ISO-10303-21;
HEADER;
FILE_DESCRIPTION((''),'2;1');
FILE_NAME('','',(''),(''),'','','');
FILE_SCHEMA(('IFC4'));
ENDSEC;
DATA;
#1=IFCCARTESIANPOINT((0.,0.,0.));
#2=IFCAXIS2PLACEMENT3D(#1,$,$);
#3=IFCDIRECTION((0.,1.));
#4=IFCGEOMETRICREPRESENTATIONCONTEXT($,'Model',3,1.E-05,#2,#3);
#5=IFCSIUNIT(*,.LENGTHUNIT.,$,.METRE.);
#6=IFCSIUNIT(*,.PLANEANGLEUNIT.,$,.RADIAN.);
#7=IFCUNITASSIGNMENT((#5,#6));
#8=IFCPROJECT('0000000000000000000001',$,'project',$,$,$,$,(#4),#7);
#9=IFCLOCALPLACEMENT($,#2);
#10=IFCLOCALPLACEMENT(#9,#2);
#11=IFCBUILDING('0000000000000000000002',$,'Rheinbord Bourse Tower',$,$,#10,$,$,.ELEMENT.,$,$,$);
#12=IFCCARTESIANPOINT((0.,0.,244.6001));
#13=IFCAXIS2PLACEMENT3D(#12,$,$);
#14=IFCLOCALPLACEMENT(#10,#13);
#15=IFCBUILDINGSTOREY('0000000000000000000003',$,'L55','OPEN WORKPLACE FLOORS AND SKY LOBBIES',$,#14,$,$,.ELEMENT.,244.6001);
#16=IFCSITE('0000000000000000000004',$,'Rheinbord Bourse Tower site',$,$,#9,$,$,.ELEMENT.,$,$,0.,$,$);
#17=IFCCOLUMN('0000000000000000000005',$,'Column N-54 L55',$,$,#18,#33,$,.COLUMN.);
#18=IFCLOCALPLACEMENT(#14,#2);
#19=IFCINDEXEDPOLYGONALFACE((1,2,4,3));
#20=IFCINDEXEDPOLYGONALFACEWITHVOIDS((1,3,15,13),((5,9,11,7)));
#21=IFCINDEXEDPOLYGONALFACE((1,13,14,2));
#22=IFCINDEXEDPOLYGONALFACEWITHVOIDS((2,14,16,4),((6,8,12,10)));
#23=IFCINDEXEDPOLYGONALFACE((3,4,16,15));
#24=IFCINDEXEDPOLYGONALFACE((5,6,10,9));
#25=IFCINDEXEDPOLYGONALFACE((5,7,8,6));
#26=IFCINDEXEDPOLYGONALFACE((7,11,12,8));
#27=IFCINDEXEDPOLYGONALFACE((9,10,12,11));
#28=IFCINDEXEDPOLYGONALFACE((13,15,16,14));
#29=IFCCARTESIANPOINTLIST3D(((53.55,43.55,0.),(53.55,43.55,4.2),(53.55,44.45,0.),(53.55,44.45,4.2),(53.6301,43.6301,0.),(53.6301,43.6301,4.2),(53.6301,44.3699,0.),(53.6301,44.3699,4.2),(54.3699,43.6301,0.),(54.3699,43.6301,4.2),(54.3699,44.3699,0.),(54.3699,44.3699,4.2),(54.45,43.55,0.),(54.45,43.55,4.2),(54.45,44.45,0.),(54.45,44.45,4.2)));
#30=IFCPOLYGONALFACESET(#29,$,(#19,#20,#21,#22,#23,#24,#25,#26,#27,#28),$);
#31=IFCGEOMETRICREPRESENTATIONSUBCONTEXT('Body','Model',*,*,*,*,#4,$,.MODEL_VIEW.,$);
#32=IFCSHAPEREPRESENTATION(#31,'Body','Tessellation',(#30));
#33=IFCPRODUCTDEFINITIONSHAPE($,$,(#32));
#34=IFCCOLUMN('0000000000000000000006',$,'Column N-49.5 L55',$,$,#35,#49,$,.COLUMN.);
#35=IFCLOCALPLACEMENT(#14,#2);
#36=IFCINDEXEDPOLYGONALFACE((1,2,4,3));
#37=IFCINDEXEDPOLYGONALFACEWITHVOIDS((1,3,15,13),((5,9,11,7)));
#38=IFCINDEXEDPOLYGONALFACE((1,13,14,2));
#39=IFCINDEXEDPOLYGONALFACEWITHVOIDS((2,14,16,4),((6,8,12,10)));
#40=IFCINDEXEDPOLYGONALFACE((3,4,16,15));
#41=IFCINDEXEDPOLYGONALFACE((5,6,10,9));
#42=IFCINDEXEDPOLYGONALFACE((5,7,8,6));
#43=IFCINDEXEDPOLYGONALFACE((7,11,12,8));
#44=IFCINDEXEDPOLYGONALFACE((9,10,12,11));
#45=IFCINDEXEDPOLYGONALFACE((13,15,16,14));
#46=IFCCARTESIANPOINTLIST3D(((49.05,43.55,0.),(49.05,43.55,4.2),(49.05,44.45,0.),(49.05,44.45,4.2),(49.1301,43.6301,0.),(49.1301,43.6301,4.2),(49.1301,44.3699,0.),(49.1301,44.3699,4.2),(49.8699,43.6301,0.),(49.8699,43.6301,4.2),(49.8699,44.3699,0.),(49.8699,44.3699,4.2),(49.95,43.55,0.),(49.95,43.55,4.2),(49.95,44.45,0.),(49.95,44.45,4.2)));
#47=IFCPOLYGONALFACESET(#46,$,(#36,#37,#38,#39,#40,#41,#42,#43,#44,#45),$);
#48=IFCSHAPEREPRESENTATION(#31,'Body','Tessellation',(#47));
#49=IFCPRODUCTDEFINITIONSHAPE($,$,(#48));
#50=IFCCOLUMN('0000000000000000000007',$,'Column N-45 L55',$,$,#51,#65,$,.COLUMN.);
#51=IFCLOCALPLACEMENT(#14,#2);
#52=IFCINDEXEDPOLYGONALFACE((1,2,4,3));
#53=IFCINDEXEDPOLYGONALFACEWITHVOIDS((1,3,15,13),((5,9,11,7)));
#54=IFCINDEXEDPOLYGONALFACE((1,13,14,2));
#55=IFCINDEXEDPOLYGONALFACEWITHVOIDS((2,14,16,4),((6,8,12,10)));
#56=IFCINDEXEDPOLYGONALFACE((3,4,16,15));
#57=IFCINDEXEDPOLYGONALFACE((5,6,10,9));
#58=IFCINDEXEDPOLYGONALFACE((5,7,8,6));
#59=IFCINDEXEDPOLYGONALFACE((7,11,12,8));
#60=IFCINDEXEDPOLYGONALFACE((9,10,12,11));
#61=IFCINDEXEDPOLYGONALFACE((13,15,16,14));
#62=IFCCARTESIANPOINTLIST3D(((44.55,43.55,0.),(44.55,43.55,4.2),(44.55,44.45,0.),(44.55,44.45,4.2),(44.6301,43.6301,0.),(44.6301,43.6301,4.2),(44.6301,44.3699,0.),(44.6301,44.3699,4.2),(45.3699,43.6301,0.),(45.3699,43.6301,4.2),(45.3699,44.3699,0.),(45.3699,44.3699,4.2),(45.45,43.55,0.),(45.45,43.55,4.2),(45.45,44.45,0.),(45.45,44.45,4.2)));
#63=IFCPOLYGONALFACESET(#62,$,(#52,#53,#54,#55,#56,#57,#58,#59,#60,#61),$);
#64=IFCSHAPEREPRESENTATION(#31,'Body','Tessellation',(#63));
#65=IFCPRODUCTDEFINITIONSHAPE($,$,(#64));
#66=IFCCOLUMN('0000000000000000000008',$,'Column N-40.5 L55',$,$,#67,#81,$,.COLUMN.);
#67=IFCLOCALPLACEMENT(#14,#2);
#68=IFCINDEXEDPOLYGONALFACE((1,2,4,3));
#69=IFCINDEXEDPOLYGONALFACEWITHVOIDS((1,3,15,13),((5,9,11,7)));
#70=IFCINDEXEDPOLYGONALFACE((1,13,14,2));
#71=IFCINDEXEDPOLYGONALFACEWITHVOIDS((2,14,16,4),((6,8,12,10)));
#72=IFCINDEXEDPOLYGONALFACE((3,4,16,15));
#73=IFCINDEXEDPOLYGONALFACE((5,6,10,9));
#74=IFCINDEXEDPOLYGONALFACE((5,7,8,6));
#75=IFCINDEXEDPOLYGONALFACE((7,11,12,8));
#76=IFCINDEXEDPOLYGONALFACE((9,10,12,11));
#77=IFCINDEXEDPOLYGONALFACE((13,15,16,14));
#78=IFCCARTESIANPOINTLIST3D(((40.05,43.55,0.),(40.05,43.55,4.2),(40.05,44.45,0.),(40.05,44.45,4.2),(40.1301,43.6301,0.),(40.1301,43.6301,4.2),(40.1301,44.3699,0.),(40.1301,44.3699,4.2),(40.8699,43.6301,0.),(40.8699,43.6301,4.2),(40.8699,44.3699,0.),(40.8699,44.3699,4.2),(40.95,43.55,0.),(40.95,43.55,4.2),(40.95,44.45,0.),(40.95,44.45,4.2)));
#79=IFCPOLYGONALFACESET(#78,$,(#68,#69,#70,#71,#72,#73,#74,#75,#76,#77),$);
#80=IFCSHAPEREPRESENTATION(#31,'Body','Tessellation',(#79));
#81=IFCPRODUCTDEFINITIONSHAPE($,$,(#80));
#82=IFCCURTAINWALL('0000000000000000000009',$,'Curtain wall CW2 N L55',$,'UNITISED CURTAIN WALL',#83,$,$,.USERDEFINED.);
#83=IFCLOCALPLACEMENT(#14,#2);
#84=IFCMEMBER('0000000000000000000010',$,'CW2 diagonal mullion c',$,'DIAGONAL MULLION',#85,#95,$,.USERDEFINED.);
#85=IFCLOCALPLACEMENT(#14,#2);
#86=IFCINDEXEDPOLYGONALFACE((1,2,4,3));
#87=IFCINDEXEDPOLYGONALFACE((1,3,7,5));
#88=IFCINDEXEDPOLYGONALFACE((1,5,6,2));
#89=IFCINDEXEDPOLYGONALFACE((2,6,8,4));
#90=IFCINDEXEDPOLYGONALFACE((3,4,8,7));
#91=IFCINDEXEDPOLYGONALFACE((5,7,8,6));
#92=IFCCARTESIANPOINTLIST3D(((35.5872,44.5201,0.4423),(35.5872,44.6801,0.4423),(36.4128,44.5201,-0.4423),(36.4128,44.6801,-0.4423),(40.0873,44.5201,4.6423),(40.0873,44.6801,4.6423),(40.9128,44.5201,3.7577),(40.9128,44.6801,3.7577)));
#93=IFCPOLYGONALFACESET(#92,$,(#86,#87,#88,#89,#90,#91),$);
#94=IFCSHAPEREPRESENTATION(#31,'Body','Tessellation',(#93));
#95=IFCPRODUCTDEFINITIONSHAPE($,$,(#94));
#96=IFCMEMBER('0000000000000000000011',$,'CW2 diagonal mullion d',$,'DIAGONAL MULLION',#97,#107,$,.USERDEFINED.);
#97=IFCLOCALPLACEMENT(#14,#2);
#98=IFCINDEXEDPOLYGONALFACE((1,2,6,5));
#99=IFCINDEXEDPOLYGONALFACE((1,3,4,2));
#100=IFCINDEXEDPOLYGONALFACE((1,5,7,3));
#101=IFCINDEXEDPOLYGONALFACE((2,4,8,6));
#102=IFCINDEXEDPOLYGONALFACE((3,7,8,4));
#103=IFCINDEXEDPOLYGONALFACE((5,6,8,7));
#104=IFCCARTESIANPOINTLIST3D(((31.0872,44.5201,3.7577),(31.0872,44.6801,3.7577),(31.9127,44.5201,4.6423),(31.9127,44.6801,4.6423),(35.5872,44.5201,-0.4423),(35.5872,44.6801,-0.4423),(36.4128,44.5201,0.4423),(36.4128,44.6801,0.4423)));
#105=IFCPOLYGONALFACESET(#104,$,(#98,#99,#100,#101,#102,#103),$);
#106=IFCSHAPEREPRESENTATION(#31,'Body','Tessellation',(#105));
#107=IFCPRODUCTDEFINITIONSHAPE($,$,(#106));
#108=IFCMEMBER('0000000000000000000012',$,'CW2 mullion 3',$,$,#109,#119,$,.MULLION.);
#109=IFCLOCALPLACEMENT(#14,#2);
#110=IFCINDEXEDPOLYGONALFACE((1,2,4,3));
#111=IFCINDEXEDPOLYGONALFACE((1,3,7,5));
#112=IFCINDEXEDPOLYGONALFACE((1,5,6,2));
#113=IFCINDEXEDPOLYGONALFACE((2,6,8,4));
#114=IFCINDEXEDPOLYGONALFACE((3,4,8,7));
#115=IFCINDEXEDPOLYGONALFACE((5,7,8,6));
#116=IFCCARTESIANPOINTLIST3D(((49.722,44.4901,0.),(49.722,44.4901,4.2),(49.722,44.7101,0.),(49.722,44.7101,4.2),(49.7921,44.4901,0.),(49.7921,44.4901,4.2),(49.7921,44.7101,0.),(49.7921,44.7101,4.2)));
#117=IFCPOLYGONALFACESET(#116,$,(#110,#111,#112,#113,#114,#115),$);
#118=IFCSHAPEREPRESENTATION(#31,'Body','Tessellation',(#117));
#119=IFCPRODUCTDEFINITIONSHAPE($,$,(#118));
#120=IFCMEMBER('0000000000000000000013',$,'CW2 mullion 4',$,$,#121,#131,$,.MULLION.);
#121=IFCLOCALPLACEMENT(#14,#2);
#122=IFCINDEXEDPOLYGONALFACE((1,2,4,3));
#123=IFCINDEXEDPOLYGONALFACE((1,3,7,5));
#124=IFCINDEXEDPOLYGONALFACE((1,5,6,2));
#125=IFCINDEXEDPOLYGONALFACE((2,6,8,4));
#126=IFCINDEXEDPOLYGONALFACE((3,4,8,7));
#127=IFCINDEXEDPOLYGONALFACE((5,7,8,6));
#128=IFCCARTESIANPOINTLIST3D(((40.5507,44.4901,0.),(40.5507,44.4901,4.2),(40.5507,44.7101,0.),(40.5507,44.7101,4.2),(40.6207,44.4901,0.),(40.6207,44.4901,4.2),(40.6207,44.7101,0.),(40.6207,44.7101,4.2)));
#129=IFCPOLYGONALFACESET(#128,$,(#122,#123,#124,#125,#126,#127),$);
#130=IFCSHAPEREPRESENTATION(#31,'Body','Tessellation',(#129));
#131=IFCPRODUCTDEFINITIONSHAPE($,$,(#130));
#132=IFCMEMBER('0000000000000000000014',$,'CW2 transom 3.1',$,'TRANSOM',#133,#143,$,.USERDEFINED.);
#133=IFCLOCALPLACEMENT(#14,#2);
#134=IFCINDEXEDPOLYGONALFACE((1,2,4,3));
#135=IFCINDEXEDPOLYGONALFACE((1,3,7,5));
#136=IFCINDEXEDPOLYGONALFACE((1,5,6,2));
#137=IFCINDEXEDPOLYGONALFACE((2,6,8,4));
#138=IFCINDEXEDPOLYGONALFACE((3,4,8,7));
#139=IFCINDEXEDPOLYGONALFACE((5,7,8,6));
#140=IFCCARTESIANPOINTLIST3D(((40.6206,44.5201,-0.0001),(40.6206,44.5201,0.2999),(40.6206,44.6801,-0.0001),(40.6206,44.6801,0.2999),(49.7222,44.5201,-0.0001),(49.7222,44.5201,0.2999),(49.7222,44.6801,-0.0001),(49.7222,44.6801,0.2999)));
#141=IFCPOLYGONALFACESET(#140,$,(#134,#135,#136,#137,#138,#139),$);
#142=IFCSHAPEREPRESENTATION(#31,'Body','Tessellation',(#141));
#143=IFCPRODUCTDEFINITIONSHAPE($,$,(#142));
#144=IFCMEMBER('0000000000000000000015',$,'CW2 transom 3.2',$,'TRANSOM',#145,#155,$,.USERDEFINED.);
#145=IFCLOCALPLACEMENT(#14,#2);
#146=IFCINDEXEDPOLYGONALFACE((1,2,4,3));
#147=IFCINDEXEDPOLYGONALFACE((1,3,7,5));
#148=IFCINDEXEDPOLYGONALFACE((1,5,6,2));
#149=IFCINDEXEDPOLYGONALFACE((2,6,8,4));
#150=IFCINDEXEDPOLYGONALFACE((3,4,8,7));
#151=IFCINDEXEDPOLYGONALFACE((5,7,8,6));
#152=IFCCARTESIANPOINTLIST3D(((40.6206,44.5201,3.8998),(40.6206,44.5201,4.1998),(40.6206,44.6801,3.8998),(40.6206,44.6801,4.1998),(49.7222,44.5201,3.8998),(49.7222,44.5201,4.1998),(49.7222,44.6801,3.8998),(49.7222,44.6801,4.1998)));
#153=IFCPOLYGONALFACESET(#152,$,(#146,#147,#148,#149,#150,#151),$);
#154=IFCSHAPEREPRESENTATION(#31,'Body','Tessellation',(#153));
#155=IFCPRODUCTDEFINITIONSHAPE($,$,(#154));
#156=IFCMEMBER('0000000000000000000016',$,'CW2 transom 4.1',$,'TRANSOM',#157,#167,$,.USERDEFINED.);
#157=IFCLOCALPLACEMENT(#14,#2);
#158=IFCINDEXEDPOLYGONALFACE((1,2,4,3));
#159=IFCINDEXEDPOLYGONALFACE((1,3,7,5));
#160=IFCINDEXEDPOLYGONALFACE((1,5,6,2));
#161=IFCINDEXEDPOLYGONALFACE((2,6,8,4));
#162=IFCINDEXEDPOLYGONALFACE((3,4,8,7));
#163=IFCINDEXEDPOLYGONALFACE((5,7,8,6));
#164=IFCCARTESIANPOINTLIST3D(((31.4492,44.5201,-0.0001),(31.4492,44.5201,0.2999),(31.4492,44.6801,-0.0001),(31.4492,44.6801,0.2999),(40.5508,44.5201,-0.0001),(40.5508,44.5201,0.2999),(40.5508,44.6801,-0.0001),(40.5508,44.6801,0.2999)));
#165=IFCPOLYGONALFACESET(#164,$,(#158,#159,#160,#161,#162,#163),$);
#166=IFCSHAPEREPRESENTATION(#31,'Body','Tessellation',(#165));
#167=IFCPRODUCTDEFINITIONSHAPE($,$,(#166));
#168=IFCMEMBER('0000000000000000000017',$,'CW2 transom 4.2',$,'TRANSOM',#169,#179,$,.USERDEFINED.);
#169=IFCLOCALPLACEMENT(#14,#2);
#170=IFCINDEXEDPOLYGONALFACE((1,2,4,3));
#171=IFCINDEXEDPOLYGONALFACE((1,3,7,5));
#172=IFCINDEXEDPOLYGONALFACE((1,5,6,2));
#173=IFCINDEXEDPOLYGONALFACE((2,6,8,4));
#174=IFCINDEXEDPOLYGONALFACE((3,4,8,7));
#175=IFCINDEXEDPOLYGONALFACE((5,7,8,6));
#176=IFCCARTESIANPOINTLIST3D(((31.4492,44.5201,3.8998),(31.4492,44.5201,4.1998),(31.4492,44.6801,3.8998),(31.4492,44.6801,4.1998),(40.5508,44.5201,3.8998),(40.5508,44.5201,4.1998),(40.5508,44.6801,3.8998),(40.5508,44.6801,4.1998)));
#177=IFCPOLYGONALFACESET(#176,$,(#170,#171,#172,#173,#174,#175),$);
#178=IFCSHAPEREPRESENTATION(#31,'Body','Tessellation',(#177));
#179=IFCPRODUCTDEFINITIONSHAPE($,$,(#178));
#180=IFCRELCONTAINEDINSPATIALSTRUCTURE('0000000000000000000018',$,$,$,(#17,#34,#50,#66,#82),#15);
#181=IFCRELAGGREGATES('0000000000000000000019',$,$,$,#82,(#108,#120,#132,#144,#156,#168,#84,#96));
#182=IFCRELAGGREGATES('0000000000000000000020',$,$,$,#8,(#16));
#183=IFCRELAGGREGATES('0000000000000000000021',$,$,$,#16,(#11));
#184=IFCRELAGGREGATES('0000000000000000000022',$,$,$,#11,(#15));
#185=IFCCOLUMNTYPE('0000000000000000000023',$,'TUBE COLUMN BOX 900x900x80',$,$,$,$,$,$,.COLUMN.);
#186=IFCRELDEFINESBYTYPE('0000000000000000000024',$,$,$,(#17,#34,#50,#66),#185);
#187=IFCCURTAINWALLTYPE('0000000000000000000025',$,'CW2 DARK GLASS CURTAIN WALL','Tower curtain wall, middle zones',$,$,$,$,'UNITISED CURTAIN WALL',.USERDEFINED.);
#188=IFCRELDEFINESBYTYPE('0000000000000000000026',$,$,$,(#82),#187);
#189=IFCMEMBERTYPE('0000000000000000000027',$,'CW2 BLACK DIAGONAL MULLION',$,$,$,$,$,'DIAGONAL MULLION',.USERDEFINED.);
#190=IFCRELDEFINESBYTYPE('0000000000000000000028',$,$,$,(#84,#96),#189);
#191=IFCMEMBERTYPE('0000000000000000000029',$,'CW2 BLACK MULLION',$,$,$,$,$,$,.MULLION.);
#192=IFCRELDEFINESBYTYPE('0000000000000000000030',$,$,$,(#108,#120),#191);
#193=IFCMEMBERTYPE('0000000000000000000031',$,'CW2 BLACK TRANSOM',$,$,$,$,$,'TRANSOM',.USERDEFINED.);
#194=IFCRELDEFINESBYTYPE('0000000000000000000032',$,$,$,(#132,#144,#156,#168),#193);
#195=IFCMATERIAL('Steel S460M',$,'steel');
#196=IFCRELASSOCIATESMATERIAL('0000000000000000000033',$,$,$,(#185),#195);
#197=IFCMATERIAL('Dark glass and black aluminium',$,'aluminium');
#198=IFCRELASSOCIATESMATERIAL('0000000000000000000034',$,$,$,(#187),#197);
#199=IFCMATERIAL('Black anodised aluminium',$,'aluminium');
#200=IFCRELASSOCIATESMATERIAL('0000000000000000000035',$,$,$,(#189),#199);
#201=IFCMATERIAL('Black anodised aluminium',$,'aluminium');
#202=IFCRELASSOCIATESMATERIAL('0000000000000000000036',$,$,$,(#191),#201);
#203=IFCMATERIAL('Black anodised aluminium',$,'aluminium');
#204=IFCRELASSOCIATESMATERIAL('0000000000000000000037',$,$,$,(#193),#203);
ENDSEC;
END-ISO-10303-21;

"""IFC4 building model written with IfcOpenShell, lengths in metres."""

from ifc_helpers import new_model, si_unit, direction, frame, origin, origin_2d, place, context, subcontext, project, spatial, rectangle, hollow_rectangle, extrude, material, material_profile, profile_set, type_object, element, aggregate, save


model = new_model("IFC4")

# Units and contexts
model_context = context("Model", 3, precision=1e-05, world=origin(), true_north=direction((0.0, 1.0)))
body_context = subcontext(model_context, "Body", "Model", "MODEL_VIEW")
ifc_project = project(units=[si_unit("LENGTHUNIT", "METRE"), si_unit("PLANEANGLEUNIT", "RADIAN")], contexts=[model_context])

# Site, building, storey
site_placement = place(None, origin())
site = spatial("IfcSite", under=ifc_project, at=site_placement, Name="Rheinbord Bourse Tower site", CompositionType="ELEMENT", RefElevation=0.0)
building_placement = place(site_placement, origin())
building = spatial("IfcBuilding", under=site, at=building_placement, Name="Rheinbord Bourse Tower", CompositionType="ELEMENT")
storey_placement = place(building_placement, frame((0.0, 0.0, 244.6001)))
storey = spatial("IfcBuildingStorey", under=building, at=storey_placement, Name="L55", Description="OPEN WORKPLACE FLOORS AND SKY LOBBIES", CompositionType="ELEMENT", Elevation=244.6001)

# Columns
ifc_material_1 = material(Name="Steel S460M", Category="steel")
ifc_material_profile_1 = material_profile(ifc_material_1, hollow_rectangle(XDim=0.8999, YDim=0.8999, WallThickness=0.0801, at=origin_2d()), Name="BOX 900x900x80")
ifc_profile_set_1 = profile_set([ifc_material_profile_1], Name="Steel S460M")
column_type = type_object("IfcColumnType", Name="TUBE COLUMN BOX 900x900x80", PredefinedType="COLUMN", material=ifc_profile_set_1)
for number, where, z_axis, x_axis, name in (
    (1, (54.0, 44.0, 0.0), (0.0, 0.0, 1.0), (0.0, 1.0, 0.0), "Column N-54 L55"),
    (2, (49.5, 44.0, 0.0), (0.0, 0.0, 1.0), (0.0, 1.0, 0.0), "Column N-49.5 L55"),
    (3, (45.0, 44.0, 0.0), (0.0, 0.0, 1.0), (0.0, 1.0, 0.0), "Column N-45 L55"),
    (4, (40.5, 44.0, 0.0), (0.0, 0.0, 1.0), (0.0, 1.0, 0.0), "Column N-40.5 L55"),
):
    element("IfcColumn", number, at=place(storey_placement, frame(where, z_axis=z_axis, x_axis=x_axis)), inside=storey, type_object=column_type, Name=name, PredefinedType="COLUMN", context=body_context, shape_type="SweptSolid", body=[
        extrude(hollow_rectangle(XDim=0.8999, YDim=0.8999, WallThickness=0.0801, at=origin_2d()), origin(), (0.0, 0.0, 1.0), 4.2),
    ])

# Curtain wall, members
ifc_material_2 = material(Name="Dark glass and black aluminium", Category="aluminium")
curtain_wall_type = type_object("IfcCurtainWallType", Name="CW2 DARK GLASS CURTAIN WALL", Description="Tower curtain wall, middle zones", ElementType="UNITISED CURTAIN WALL", PredefinedType="USERDEFINED", material=ifc_material_2)
curtain_wall_placement = place(storey_placement, origin())
curtain_wall = element("IfcCurtainWall", 5, at=curtain_wall_placement, inside=storey, type_object=curtain_wall_type, Name="Curtain wall CW2 N L55", ObjectType="UNITISED CURTAIN WALL", PredefinedType="USERDEFINED")
ifc_material_3 = material(Name="Black anodised aluminium", Category="aluminium")
ifc_material_profile_2 = material_profile(ifc_material_3, rectangle(XDim=0.1599, YDim=1.21, at=origin_2d()), Name="CW2 DIAGONAL MULLION 1210x160")
ifc_profile_set_2 = profile_set([ifc_material_profile_2], Name="Black anodised aluminium")
member_type_1 = type_object("IfcMemberType", Name="CW2 BLACK DIAGONAL MULLION", ElementType="DIAGONAL MULLION", PredefinedType="USERDEFINED", material=ifc_profile_set_2)
member_1_placement = place(storey_placement, frame((36.0, 44.6001, 0.0), z_axis=(0.731059, 0.0, 0.682314), x_axis=(0.0, 1.0, 0.0)))
member_1 = element("IfcMember", 6, at=member_1_placement, type_object=member_type_1, Name="CW2 diagonal mullion c", ObjectType="DIAGONAL MULLION", PredefinedType="USERDEFINED", context=body_context, shape_type="SweptSolid", body=[
    extrude(rectangle(XDim=0.1599, YDim=1.21, at=origin_2d()), origin(), (0.0, 0.0, 1.0), 6.1555),
])
member_2_placement = place(storey_placement, frame((36.0, 44.6001, 0.0), z_axis=(-0.731059, 0.0, 0.682314), x_axis=(0.0, -1.0, 0.0)))
member_2 = element("IfcMember", 7, at=member_2_placement, type_object=member_type_1, Name="CW2 diagonal mullion d", ObjectType="DIAGONAL MULLION", PredefinedType="USERDEFINED", context=body_context, shape_type="SweptSolid", body=[
    extrude(rectangle(XDim=0.1599, YDim=1.21, at=origin_2d()), origin(), (0.0, 0.0, 1.0), 6.1555),
])
ifc_material_4 = material(Name="Black anodised aluminium", Category="aluminium")
ifc_material_profile_3 = material_profile(ifc_material_4, rectangle(XDim=0.22, YDim=0.0701, at=origin_2d()), Name="CW2 MULLION 70x220")
ifc_profile_set_3 = profile_set([ifc_material_profile_3], Name="Black anodised aluminium")
member_type_2 = type_object("IfcMemberType", Name="CW2 BLACK MULLION", PredefinedType="MULLION", material=ifc_profile_set_3)
member_3_placement = place(storey_placement, frame((49.7571, 44.6001, 0.0), z_axis=(0.0, 0.0, 1.0), x_axis=(0.0, -1.0, 0.0)))
member_3 = element("IfcMember", 8, at=member_3_placement, type_object=member_type_2, Name="CW2 mullion 3", PredefinedType="MULLION", context=body_context, shape_type="SweptSolid", body=[
    extrude(rectangle(XDim=0.22, YDim=0.0701, at=origin_2d()), origin(), (0.0, 0.0, 1.0), 4.2),
])
member_4_placement = place(storey_placement, frame((40.5857, 44.6001, 0.0), z_axis=(0.0, 0.0, 1.0), x_axis=(0.0, -1.0, 0.0)))
member_4 = element("IfcMember", 9, at=member_4_placement, type_object=member_type_2, Name="CW2 mullion 4", PredefinedType="MULLION", context=body_context, shape_type="SweptSolid", body=[
    extrude(rectangle(XDim=0.22, YDim=0.0701, at=origin_2d()), origin(), (0.0, 0.0, 1.0), 4.2),
])
ifc_material_5 = material(Name="Black anodised aluminium", Category="aluminium")
ifc_material_profile_4 = material_profile(ifc_material_5, rectangle(XDim=0.1599, YDim=0.3, at=origin_2d()), Name="CW2 TRANSOM 300x160")
ifc_profile_set_4 = profile_set([ifc_material_profile_4], Name="Black anodised aluminium")
member_type_3 = type_object("IfcMemberType", Name="CW2 BLACK TRANSOM", ElementType="TRANSOM", PredefinedType="USERDEFINED", material=ifc_profile_set_4)
member_5_placement = place(storey_placement, frame((49.7222, 44.6001, 0.1499), z_axis=(-1.0, 0.0, 0.0), x_axis=(0.0, -1.0, 0.0)))
member_5 = element("IfcMember", 10, at=member_5_placement, type_object=member_type_3, Name="CW2 transom 3.1", ObjectType="TRANSOM", PredefinedType="USERDEFINED", context=body_context, shape_type="SweptSolid", body=[
    extrude(rectangle(XDim=0.1599, YDim=0.3, at=origin_2d()), origin(), (0.0, 0.0, 1.0), 9.1016),
])
member_6_placement = place(storey_placement, frame((49.7222, 44.6001, 4.0498), z_axis=(-1.0, 0.0, 0.0), x_axis=(0.0, -1.0, 0.0)))
member_6 = element("IfcMember", 11, at=member_6_placement, type_object=member_type_3, Name="CW2 transom 3.2", ObjectType="TRANSOM", PredefinedType="USERDEFINED", context=body_context, shape_type="SweptSolid", body=[
    extrude(rectangle(XDim=0.1599, YDim=0.3, at=origin_2d()), origin(), (0.0, 0.0, 1.0), 9.1016),
])
member_7_placement = place(storey_placement, frame((40.5508, 44.6001, 0.1499), z_axis=(-1.0, 0.0, 0.0), x_axis=(0.0, -1.0, 0.0)))
member_7 = element("IfcMember", 12, at=member_7_placement, type_object=member_type_3, Name="CW2 transom 4.1", ObjectType="TRANSOM", PredefinedType="USERDEFINED", context=body_context, shape_type="SweptSolid", body=[
    extrude(rectangle(XDim=0.1599, YDim=0.3, at=origin_2d()), origin(), (0.0, 0.0, 1.0), 9.1016),
])
member_8_placement = place(storey_placement, frame((40.5508, 44.6001, 4.0498), z_axis=(-1.0, 0.0, 0.0), x_axis=(0.0, -1.0, 0.0)))
member_8 = element("IfcMember", 13, at=member_8_placement, type_object=member_type_3, Name="CW2 transom 4.2", ObjectType="TRANSOM", PredefinedType="USERDEFINED", context=body_context, shape_type="SweptSolid", body=[
    extrude(rectangle(XDim=0.1599, YDim=0.3, at=origin_2d()), origin(), (0.0, 0.0, 1.0), 9.1016),
])

aggregate(curtain_wall, [member_3, member_4, member_5, member_6, member_7, member_8, member_1, member_2])

save(model, "model.ifc")
